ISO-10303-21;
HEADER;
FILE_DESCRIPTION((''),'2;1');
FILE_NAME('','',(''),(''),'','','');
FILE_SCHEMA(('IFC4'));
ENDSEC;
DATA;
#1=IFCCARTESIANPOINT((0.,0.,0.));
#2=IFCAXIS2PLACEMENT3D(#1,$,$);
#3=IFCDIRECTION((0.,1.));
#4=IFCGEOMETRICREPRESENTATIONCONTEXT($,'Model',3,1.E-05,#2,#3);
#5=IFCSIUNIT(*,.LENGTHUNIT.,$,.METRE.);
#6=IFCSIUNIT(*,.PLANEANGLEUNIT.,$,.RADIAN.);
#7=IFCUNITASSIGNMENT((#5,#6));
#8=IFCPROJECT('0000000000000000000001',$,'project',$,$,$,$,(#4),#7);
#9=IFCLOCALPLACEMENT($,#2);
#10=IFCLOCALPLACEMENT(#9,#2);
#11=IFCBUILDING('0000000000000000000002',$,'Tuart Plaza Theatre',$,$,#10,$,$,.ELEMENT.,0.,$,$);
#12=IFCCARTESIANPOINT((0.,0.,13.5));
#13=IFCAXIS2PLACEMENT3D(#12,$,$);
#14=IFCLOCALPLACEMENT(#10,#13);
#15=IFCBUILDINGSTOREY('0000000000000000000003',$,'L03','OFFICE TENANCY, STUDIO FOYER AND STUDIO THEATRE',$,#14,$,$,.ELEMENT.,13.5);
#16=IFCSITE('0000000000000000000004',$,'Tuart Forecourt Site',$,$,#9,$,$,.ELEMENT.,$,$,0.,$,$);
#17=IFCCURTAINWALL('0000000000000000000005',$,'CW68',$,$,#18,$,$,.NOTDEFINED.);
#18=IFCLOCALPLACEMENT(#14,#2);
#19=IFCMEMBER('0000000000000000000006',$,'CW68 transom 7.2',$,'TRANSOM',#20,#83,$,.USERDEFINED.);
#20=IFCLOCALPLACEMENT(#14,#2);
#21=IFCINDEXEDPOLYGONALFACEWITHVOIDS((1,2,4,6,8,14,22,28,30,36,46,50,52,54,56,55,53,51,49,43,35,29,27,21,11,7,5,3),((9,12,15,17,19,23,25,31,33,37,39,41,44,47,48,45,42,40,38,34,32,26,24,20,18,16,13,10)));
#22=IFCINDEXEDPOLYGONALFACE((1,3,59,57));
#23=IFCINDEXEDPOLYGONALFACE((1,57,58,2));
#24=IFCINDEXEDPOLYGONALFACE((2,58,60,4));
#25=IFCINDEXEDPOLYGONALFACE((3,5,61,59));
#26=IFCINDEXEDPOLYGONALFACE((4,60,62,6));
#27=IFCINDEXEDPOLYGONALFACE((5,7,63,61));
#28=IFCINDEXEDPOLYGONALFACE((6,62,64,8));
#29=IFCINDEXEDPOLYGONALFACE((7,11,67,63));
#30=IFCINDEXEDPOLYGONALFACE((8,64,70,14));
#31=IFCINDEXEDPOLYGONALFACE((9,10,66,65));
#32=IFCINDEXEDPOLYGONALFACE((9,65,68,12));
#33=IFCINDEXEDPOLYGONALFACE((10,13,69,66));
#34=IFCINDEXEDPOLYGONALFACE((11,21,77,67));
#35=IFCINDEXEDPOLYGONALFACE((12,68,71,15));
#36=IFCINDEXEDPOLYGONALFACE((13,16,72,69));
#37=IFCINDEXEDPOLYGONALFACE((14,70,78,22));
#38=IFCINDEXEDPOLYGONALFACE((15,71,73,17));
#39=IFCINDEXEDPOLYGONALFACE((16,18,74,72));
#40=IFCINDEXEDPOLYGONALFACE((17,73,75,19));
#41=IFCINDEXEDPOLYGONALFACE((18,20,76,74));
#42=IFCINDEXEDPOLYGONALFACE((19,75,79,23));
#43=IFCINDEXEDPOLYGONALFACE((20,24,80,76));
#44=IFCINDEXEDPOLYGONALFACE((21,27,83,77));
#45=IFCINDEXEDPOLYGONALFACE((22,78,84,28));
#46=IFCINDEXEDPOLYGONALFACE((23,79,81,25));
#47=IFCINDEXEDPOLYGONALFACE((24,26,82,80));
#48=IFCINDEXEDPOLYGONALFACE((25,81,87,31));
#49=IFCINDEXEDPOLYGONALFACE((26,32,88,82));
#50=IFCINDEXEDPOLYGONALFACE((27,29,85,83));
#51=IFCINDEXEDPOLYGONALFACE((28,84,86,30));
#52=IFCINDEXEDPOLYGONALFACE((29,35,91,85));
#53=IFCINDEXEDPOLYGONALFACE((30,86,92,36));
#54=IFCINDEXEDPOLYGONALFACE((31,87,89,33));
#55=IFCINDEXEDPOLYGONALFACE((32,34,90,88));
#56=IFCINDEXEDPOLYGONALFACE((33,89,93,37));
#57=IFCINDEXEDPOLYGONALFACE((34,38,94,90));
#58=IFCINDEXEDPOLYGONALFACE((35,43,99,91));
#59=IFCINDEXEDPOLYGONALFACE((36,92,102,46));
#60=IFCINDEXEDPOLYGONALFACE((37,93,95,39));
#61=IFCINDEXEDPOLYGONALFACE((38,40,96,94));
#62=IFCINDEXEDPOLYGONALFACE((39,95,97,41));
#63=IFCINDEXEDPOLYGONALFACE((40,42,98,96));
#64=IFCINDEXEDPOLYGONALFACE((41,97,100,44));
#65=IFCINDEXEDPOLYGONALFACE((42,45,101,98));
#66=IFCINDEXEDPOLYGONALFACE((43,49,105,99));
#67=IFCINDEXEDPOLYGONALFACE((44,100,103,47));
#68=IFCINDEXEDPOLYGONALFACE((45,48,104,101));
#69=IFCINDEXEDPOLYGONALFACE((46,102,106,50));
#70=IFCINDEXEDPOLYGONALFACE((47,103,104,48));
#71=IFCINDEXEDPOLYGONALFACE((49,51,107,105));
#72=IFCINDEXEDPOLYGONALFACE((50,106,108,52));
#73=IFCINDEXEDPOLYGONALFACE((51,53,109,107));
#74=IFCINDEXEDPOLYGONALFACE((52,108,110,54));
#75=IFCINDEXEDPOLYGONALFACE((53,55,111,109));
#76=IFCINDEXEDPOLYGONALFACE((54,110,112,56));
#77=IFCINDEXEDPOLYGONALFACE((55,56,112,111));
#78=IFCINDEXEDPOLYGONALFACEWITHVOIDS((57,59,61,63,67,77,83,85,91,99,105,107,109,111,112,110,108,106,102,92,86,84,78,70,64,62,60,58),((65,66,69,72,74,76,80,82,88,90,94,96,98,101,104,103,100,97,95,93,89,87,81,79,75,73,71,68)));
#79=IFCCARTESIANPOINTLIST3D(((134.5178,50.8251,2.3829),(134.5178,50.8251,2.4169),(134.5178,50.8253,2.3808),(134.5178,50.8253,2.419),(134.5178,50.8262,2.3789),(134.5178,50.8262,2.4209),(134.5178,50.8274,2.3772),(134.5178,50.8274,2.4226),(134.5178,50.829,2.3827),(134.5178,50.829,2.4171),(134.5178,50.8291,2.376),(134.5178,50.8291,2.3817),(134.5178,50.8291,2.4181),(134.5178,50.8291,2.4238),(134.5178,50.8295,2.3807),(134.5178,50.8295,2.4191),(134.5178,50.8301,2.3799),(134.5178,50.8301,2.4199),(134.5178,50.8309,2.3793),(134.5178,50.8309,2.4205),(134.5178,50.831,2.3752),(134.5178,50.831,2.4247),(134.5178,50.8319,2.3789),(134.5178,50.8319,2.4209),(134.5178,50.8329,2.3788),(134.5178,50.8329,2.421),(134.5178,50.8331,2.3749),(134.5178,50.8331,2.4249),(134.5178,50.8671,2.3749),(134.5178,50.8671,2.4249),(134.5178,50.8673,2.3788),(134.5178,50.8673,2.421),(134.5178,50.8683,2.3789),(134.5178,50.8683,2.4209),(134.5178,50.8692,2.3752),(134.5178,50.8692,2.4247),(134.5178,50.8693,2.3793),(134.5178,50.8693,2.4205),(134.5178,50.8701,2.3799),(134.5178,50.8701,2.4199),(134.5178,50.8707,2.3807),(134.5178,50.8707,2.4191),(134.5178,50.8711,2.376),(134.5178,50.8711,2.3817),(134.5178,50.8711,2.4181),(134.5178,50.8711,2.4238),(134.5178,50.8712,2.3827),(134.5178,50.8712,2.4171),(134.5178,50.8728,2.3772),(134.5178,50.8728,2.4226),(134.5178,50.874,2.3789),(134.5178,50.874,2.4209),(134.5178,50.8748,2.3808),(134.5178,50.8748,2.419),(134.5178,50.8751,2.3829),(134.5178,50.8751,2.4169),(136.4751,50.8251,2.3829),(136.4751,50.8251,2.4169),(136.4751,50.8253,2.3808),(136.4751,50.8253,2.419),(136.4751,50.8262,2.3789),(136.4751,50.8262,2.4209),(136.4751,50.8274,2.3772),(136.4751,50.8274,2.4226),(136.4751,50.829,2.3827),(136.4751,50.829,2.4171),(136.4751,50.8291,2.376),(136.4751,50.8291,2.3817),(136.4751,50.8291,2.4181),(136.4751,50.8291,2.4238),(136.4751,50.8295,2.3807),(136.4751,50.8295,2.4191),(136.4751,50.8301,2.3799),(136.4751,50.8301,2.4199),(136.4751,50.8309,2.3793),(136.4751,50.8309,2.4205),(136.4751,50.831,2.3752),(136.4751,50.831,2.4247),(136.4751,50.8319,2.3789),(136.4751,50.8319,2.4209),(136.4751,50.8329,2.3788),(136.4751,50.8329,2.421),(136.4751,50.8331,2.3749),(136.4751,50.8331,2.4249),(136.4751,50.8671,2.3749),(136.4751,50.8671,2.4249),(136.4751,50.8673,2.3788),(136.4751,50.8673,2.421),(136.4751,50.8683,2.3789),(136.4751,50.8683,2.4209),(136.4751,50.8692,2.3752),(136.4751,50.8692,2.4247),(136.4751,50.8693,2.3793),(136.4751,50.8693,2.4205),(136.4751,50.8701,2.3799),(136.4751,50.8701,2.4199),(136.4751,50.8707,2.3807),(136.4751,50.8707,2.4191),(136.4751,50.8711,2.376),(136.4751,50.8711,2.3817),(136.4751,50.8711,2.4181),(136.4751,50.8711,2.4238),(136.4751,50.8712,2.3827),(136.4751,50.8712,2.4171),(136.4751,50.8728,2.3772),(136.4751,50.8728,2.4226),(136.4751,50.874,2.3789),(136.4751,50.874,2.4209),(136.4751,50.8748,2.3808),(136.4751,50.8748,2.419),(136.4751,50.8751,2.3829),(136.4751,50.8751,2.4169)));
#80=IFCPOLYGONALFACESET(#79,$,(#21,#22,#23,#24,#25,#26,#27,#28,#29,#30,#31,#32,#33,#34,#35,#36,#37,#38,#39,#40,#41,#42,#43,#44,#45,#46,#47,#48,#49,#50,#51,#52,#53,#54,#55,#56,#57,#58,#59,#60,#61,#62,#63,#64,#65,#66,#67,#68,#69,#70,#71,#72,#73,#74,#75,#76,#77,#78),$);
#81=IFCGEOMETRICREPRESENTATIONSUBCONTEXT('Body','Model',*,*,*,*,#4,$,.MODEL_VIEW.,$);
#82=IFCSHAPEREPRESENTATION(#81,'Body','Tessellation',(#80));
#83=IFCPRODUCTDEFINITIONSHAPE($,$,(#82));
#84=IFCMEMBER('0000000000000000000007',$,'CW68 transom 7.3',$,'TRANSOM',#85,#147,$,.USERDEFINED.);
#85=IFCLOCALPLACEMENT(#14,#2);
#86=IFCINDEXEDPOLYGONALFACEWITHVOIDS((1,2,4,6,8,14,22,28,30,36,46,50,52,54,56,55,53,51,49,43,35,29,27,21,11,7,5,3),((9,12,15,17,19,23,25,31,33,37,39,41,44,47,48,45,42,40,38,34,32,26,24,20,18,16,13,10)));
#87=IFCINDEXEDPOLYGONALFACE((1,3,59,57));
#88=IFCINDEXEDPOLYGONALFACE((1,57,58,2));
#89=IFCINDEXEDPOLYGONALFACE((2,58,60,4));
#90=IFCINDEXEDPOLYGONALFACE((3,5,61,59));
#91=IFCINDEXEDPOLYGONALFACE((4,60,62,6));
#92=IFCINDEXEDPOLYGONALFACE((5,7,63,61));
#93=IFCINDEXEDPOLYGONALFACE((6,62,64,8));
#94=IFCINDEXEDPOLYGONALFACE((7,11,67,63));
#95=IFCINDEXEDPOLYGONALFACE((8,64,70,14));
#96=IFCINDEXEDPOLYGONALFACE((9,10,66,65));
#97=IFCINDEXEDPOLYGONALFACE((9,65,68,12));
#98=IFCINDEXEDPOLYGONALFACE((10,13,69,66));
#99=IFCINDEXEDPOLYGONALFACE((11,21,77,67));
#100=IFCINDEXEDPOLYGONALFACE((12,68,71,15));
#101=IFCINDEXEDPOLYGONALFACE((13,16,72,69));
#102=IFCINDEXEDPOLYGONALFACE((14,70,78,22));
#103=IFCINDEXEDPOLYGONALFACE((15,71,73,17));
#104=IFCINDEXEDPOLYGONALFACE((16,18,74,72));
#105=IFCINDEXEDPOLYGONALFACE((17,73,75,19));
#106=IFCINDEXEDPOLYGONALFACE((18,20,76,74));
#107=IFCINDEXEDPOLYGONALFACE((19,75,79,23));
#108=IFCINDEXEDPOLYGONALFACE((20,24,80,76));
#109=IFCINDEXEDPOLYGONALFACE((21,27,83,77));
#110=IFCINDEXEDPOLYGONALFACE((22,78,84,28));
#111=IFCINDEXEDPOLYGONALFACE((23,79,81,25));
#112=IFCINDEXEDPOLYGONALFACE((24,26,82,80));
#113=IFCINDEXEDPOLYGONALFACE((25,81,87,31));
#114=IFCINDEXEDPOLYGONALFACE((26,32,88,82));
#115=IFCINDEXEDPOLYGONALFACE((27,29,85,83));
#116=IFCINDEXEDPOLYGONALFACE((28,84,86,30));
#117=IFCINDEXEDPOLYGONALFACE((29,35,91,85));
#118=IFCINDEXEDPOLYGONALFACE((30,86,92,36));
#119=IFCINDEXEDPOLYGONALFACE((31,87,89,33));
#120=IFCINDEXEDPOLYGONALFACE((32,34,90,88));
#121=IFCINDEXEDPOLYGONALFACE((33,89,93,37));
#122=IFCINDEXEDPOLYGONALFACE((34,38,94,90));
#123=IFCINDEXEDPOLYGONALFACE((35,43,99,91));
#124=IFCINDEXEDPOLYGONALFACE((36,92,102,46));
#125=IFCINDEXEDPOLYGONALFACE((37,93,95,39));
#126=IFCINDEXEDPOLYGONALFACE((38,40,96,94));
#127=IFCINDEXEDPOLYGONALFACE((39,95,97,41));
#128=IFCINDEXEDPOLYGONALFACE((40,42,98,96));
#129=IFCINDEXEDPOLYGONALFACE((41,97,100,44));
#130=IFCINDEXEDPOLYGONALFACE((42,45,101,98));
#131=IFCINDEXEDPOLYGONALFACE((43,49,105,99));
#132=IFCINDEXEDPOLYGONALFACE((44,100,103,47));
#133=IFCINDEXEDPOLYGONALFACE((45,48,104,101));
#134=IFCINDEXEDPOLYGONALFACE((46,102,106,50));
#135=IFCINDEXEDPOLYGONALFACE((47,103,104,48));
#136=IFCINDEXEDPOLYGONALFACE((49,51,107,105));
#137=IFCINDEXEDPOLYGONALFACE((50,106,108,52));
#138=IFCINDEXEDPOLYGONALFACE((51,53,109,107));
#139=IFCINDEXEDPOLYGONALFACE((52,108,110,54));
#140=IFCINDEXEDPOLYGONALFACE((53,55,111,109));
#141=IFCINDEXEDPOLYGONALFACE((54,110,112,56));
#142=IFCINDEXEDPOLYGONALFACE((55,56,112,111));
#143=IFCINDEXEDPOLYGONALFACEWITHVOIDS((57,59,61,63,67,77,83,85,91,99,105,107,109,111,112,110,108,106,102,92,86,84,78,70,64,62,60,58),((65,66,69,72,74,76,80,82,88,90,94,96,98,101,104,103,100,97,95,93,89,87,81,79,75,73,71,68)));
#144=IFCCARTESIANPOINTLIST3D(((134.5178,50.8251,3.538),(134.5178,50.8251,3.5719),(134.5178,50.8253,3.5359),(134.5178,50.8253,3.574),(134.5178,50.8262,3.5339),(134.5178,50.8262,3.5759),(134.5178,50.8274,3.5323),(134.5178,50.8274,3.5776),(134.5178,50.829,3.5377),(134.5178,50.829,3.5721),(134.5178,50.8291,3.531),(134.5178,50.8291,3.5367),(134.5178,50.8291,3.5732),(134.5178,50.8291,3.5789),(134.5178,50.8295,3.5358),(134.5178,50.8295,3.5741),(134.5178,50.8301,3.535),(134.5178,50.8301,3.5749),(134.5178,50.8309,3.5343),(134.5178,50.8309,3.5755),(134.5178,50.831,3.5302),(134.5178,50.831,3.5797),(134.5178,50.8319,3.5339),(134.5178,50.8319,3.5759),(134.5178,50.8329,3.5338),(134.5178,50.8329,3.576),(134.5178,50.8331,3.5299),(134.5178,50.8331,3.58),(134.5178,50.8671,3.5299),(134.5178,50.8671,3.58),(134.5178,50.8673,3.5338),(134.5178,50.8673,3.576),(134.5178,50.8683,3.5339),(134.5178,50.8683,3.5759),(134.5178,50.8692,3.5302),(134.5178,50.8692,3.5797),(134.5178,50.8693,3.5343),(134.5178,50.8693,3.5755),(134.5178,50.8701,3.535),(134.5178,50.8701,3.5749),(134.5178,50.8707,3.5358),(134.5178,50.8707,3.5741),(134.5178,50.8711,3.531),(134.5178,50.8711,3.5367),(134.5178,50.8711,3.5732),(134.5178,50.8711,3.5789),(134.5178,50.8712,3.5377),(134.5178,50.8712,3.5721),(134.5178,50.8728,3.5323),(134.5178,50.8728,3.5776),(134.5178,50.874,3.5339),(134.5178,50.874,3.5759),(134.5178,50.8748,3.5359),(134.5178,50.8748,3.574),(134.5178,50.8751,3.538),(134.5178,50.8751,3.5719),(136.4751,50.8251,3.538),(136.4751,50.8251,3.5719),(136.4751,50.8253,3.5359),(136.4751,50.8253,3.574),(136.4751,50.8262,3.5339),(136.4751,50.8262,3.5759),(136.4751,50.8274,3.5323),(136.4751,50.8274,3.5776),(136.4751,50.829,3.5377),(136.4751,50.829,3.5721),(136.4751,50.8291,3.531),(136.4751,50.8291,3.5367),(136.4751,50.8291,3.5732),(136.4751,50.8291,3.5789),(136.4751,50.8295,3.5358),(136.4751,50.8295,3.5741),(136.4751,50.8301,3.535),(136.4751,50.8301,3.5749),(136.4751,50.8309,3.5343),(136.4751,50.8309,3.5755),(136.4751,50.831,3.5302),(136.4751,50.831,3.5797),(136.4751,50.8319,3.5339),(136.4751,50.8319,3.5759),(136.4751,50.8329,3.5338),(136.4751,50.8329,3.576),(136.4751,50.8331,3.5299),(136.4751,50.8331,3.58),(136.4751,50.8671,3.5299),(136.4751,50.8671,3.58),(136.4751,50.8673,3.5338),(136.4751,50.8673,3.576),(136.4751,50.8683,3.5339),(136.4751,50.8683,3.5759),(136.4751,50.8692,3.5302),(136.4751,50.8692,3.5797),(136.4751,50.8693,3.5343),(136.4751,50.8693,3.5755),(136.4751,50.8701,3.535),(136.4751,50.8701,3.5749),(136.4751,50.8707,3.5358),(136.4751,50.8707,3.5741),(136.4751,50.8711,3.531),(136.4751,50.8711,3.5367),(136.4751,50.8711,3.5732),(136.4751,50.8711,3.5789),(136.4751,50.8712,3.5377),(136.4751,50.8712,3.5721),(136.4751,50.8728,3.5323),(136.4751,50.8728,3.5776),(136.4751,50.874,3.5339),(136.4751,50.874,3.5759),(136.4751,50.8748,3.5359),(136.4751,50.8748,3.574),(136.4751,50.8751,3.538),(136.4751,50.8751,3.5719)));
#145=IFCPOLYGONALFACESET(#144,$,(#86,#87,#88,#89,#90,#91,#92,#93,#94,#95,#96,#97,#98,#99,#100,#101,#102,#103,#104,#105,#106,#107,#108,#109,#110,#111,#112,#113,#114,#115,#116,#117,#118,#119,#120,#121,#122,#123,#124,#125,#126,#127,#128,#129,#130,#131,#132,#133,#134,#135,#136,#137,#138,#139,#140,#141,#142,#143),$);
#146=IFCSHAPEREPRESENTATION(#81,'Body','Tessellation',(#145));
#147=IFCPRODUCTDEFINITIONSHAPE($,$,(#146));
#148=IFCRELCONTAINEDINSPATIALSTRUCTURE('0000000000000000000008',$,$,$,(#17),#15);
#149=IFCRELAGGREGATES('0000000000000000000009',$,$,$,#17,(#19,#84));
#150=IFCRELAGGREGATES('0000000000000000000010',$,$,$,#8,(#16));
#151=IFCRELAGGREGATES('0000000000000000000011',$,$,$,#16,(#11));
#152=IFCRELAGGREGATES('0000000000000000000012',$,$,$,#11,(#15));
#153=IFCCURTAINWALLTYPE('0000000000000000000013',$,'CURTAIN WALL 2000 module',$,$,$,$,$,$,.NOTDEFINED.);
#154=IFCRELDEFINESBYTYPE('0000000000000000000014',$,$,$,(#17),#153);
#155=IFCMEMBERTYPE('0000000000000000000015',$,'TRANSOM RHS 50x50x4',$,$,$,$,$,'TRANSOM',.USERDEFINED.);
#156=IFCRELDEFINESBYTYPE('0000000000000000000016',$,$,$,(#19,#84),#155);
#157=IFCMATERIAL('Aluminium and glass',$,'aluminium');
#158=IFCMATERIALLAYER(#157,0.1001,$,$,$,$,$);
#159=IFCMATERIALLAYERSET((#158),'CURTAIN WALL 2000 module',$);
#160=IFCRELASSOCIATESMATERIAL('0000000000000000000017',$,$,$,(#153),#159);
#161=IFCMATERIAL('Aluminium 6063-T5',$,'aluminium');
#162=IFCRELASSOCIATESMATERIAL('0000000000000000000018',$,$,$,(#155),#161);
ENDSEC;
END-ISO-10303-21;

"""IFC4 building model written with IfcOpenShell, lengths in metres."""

from ifc_helpers import new_model, si_unit, direction, frame, origin, origin_2d, place, context, subcontext, project, spatial, hollow_rectangle, extrude, material, layer, layer_set, material_profile, profile_set, type_object, element, aggregate, save


model = new_model("IFC4")

# Units and contexts
model_context = context("Model", 3, precision=1e-05, world=origin(), true_north=direction((0.0, 1.0)))
body_context = subcontext(model_context, "Body", "Model", "MODEL_VIEW")
ifc_project = project(units=[si_unit("LENGTHUNIT", "METRE"), si_unit("PLANEANGLEUNIT", "RADIAN")], contexts=[model_context])

# Site, building, storey
site_placement = place(None, origin())
site = spatial("IfcSite", under=ifc_project, at=site_placement, Name="Tuart Forecourt Site", CompositionType="ELEMENT", RefElevation=0.0)
building_placement = place(site_placement, origin())
building = spatial("IfcBuilding", under=site, at=building_placement, Name="Tuart Plaza Theatre", CompositionType="ELEMENT", ElevationOfRefHeight=0.0)
storey_placement = place(building_placement, frame((0.0, 0.0, 13.5)))
storey = spatial("IfcBuildingStorey", under=building, at=storey_placement, Name="L03", Description="OFFICE TENANCY, STUDIO FOYER AND STUDIO THEATRE", CompositionType="ELEMENT", Elevation=13.5)

# Curtain wall, members
ifc_material_1 = material(Name="Aluminium and glass", Category="aluminium")
ifc_layer_1 = layer(ifc_material_1, 0.1001)
ifc_layer_set_1 = layer_set([ifc_layer_1], Name="CURTAIN WALL 2000 module")
curtain_wall_type = type_object("IfcCurtainWallType", Name="CURTAIN WALL 2000 module", PredefinedType="NOTDEFINED", material=ifc_layer_set_1)
curtain_wall_placement = place(storey_placement, origin())
curtain_wall = element("IfcCurtainWall", 1, at=curtain_wall_placement, inside=storey, type_object=curtain_wall_type, Name="CW68", PredefinedType="NOTDEFINED")
ifc_material_2 = material(Name="Aluminium 6063-T5", Category="aluminium")
ifc_material_profile_1 = material_profile(ifc_material_2, hollow_rectangle(XDim=0.05, YDim=0.05, WallThickness=0.0039, InnerFilletRadius=0.0039, OuterFilletRadius=0.0081, at=origin_2d()), Name="RHS 50x50x4")
ifc_profile_set_1 = profile_set([ifc_material_profile_1], Name="Aluminium 6063-T5")
member_type_1 = type_object("IfcMemberType", Name="TRANSOM RHS 50x50x4", ElementType="TRANSOM", PredefinedType="USERDEFINED", material=ifc_profile_set_1)
member_1_placement = place(storey_placement, frame((134.5178, 50.8501, 2.3999), z_axis=(1.0, 0.0, 0.0), x_axis=(0.0, 1.0, 0.0)))
member_1 = element("IfcMember", 2, at=member_1_placement, type_object=member_type_1, Name="CW68 transom 7.2", ObjectType="TRANSOM", PredefinedType="USERDEFINED", context=body_context, shape_type="SweptSolid", body=[
    extrude(hollow_rectangle(XDim=0.05, YDim=0.05, WallThickness=0.0039, InnerFilletRadius=0.0039, OuterFilletRadius=0.0081, at=origin_2d()), origin(), (0.0, 0.0, 1.0), 1.9573),
])
member_2_placement = place(storey_placement, frame((134.5178, 50.8501, 3.5549), z_axis=(1.0, 0.0, 0.0), x_axis=(0.0, 1.0, 0.0)))
member_2 = element("IfcMember", 3, at=member_2_placement, type_object=member_type_1, Name="CW68 transom 7.3", ObjectType="TRANSOM", PredefinedType="USERDEFINED", context=body_context, shape_type="SweptSolid", body=[
    extrude(hollow_rectangle(XDim=0.05, YDim=0.05, WallThickness=0.0039, InnerFilletRadius=0.0039, OuterFilletRadius=0.0081, at=origin_2d()), origin(), (0.0, 0.0, 1.0), 1.9573),
])
aggregate(curtain_wall, [member_1, member_2])

save(model, "model.ifc")
